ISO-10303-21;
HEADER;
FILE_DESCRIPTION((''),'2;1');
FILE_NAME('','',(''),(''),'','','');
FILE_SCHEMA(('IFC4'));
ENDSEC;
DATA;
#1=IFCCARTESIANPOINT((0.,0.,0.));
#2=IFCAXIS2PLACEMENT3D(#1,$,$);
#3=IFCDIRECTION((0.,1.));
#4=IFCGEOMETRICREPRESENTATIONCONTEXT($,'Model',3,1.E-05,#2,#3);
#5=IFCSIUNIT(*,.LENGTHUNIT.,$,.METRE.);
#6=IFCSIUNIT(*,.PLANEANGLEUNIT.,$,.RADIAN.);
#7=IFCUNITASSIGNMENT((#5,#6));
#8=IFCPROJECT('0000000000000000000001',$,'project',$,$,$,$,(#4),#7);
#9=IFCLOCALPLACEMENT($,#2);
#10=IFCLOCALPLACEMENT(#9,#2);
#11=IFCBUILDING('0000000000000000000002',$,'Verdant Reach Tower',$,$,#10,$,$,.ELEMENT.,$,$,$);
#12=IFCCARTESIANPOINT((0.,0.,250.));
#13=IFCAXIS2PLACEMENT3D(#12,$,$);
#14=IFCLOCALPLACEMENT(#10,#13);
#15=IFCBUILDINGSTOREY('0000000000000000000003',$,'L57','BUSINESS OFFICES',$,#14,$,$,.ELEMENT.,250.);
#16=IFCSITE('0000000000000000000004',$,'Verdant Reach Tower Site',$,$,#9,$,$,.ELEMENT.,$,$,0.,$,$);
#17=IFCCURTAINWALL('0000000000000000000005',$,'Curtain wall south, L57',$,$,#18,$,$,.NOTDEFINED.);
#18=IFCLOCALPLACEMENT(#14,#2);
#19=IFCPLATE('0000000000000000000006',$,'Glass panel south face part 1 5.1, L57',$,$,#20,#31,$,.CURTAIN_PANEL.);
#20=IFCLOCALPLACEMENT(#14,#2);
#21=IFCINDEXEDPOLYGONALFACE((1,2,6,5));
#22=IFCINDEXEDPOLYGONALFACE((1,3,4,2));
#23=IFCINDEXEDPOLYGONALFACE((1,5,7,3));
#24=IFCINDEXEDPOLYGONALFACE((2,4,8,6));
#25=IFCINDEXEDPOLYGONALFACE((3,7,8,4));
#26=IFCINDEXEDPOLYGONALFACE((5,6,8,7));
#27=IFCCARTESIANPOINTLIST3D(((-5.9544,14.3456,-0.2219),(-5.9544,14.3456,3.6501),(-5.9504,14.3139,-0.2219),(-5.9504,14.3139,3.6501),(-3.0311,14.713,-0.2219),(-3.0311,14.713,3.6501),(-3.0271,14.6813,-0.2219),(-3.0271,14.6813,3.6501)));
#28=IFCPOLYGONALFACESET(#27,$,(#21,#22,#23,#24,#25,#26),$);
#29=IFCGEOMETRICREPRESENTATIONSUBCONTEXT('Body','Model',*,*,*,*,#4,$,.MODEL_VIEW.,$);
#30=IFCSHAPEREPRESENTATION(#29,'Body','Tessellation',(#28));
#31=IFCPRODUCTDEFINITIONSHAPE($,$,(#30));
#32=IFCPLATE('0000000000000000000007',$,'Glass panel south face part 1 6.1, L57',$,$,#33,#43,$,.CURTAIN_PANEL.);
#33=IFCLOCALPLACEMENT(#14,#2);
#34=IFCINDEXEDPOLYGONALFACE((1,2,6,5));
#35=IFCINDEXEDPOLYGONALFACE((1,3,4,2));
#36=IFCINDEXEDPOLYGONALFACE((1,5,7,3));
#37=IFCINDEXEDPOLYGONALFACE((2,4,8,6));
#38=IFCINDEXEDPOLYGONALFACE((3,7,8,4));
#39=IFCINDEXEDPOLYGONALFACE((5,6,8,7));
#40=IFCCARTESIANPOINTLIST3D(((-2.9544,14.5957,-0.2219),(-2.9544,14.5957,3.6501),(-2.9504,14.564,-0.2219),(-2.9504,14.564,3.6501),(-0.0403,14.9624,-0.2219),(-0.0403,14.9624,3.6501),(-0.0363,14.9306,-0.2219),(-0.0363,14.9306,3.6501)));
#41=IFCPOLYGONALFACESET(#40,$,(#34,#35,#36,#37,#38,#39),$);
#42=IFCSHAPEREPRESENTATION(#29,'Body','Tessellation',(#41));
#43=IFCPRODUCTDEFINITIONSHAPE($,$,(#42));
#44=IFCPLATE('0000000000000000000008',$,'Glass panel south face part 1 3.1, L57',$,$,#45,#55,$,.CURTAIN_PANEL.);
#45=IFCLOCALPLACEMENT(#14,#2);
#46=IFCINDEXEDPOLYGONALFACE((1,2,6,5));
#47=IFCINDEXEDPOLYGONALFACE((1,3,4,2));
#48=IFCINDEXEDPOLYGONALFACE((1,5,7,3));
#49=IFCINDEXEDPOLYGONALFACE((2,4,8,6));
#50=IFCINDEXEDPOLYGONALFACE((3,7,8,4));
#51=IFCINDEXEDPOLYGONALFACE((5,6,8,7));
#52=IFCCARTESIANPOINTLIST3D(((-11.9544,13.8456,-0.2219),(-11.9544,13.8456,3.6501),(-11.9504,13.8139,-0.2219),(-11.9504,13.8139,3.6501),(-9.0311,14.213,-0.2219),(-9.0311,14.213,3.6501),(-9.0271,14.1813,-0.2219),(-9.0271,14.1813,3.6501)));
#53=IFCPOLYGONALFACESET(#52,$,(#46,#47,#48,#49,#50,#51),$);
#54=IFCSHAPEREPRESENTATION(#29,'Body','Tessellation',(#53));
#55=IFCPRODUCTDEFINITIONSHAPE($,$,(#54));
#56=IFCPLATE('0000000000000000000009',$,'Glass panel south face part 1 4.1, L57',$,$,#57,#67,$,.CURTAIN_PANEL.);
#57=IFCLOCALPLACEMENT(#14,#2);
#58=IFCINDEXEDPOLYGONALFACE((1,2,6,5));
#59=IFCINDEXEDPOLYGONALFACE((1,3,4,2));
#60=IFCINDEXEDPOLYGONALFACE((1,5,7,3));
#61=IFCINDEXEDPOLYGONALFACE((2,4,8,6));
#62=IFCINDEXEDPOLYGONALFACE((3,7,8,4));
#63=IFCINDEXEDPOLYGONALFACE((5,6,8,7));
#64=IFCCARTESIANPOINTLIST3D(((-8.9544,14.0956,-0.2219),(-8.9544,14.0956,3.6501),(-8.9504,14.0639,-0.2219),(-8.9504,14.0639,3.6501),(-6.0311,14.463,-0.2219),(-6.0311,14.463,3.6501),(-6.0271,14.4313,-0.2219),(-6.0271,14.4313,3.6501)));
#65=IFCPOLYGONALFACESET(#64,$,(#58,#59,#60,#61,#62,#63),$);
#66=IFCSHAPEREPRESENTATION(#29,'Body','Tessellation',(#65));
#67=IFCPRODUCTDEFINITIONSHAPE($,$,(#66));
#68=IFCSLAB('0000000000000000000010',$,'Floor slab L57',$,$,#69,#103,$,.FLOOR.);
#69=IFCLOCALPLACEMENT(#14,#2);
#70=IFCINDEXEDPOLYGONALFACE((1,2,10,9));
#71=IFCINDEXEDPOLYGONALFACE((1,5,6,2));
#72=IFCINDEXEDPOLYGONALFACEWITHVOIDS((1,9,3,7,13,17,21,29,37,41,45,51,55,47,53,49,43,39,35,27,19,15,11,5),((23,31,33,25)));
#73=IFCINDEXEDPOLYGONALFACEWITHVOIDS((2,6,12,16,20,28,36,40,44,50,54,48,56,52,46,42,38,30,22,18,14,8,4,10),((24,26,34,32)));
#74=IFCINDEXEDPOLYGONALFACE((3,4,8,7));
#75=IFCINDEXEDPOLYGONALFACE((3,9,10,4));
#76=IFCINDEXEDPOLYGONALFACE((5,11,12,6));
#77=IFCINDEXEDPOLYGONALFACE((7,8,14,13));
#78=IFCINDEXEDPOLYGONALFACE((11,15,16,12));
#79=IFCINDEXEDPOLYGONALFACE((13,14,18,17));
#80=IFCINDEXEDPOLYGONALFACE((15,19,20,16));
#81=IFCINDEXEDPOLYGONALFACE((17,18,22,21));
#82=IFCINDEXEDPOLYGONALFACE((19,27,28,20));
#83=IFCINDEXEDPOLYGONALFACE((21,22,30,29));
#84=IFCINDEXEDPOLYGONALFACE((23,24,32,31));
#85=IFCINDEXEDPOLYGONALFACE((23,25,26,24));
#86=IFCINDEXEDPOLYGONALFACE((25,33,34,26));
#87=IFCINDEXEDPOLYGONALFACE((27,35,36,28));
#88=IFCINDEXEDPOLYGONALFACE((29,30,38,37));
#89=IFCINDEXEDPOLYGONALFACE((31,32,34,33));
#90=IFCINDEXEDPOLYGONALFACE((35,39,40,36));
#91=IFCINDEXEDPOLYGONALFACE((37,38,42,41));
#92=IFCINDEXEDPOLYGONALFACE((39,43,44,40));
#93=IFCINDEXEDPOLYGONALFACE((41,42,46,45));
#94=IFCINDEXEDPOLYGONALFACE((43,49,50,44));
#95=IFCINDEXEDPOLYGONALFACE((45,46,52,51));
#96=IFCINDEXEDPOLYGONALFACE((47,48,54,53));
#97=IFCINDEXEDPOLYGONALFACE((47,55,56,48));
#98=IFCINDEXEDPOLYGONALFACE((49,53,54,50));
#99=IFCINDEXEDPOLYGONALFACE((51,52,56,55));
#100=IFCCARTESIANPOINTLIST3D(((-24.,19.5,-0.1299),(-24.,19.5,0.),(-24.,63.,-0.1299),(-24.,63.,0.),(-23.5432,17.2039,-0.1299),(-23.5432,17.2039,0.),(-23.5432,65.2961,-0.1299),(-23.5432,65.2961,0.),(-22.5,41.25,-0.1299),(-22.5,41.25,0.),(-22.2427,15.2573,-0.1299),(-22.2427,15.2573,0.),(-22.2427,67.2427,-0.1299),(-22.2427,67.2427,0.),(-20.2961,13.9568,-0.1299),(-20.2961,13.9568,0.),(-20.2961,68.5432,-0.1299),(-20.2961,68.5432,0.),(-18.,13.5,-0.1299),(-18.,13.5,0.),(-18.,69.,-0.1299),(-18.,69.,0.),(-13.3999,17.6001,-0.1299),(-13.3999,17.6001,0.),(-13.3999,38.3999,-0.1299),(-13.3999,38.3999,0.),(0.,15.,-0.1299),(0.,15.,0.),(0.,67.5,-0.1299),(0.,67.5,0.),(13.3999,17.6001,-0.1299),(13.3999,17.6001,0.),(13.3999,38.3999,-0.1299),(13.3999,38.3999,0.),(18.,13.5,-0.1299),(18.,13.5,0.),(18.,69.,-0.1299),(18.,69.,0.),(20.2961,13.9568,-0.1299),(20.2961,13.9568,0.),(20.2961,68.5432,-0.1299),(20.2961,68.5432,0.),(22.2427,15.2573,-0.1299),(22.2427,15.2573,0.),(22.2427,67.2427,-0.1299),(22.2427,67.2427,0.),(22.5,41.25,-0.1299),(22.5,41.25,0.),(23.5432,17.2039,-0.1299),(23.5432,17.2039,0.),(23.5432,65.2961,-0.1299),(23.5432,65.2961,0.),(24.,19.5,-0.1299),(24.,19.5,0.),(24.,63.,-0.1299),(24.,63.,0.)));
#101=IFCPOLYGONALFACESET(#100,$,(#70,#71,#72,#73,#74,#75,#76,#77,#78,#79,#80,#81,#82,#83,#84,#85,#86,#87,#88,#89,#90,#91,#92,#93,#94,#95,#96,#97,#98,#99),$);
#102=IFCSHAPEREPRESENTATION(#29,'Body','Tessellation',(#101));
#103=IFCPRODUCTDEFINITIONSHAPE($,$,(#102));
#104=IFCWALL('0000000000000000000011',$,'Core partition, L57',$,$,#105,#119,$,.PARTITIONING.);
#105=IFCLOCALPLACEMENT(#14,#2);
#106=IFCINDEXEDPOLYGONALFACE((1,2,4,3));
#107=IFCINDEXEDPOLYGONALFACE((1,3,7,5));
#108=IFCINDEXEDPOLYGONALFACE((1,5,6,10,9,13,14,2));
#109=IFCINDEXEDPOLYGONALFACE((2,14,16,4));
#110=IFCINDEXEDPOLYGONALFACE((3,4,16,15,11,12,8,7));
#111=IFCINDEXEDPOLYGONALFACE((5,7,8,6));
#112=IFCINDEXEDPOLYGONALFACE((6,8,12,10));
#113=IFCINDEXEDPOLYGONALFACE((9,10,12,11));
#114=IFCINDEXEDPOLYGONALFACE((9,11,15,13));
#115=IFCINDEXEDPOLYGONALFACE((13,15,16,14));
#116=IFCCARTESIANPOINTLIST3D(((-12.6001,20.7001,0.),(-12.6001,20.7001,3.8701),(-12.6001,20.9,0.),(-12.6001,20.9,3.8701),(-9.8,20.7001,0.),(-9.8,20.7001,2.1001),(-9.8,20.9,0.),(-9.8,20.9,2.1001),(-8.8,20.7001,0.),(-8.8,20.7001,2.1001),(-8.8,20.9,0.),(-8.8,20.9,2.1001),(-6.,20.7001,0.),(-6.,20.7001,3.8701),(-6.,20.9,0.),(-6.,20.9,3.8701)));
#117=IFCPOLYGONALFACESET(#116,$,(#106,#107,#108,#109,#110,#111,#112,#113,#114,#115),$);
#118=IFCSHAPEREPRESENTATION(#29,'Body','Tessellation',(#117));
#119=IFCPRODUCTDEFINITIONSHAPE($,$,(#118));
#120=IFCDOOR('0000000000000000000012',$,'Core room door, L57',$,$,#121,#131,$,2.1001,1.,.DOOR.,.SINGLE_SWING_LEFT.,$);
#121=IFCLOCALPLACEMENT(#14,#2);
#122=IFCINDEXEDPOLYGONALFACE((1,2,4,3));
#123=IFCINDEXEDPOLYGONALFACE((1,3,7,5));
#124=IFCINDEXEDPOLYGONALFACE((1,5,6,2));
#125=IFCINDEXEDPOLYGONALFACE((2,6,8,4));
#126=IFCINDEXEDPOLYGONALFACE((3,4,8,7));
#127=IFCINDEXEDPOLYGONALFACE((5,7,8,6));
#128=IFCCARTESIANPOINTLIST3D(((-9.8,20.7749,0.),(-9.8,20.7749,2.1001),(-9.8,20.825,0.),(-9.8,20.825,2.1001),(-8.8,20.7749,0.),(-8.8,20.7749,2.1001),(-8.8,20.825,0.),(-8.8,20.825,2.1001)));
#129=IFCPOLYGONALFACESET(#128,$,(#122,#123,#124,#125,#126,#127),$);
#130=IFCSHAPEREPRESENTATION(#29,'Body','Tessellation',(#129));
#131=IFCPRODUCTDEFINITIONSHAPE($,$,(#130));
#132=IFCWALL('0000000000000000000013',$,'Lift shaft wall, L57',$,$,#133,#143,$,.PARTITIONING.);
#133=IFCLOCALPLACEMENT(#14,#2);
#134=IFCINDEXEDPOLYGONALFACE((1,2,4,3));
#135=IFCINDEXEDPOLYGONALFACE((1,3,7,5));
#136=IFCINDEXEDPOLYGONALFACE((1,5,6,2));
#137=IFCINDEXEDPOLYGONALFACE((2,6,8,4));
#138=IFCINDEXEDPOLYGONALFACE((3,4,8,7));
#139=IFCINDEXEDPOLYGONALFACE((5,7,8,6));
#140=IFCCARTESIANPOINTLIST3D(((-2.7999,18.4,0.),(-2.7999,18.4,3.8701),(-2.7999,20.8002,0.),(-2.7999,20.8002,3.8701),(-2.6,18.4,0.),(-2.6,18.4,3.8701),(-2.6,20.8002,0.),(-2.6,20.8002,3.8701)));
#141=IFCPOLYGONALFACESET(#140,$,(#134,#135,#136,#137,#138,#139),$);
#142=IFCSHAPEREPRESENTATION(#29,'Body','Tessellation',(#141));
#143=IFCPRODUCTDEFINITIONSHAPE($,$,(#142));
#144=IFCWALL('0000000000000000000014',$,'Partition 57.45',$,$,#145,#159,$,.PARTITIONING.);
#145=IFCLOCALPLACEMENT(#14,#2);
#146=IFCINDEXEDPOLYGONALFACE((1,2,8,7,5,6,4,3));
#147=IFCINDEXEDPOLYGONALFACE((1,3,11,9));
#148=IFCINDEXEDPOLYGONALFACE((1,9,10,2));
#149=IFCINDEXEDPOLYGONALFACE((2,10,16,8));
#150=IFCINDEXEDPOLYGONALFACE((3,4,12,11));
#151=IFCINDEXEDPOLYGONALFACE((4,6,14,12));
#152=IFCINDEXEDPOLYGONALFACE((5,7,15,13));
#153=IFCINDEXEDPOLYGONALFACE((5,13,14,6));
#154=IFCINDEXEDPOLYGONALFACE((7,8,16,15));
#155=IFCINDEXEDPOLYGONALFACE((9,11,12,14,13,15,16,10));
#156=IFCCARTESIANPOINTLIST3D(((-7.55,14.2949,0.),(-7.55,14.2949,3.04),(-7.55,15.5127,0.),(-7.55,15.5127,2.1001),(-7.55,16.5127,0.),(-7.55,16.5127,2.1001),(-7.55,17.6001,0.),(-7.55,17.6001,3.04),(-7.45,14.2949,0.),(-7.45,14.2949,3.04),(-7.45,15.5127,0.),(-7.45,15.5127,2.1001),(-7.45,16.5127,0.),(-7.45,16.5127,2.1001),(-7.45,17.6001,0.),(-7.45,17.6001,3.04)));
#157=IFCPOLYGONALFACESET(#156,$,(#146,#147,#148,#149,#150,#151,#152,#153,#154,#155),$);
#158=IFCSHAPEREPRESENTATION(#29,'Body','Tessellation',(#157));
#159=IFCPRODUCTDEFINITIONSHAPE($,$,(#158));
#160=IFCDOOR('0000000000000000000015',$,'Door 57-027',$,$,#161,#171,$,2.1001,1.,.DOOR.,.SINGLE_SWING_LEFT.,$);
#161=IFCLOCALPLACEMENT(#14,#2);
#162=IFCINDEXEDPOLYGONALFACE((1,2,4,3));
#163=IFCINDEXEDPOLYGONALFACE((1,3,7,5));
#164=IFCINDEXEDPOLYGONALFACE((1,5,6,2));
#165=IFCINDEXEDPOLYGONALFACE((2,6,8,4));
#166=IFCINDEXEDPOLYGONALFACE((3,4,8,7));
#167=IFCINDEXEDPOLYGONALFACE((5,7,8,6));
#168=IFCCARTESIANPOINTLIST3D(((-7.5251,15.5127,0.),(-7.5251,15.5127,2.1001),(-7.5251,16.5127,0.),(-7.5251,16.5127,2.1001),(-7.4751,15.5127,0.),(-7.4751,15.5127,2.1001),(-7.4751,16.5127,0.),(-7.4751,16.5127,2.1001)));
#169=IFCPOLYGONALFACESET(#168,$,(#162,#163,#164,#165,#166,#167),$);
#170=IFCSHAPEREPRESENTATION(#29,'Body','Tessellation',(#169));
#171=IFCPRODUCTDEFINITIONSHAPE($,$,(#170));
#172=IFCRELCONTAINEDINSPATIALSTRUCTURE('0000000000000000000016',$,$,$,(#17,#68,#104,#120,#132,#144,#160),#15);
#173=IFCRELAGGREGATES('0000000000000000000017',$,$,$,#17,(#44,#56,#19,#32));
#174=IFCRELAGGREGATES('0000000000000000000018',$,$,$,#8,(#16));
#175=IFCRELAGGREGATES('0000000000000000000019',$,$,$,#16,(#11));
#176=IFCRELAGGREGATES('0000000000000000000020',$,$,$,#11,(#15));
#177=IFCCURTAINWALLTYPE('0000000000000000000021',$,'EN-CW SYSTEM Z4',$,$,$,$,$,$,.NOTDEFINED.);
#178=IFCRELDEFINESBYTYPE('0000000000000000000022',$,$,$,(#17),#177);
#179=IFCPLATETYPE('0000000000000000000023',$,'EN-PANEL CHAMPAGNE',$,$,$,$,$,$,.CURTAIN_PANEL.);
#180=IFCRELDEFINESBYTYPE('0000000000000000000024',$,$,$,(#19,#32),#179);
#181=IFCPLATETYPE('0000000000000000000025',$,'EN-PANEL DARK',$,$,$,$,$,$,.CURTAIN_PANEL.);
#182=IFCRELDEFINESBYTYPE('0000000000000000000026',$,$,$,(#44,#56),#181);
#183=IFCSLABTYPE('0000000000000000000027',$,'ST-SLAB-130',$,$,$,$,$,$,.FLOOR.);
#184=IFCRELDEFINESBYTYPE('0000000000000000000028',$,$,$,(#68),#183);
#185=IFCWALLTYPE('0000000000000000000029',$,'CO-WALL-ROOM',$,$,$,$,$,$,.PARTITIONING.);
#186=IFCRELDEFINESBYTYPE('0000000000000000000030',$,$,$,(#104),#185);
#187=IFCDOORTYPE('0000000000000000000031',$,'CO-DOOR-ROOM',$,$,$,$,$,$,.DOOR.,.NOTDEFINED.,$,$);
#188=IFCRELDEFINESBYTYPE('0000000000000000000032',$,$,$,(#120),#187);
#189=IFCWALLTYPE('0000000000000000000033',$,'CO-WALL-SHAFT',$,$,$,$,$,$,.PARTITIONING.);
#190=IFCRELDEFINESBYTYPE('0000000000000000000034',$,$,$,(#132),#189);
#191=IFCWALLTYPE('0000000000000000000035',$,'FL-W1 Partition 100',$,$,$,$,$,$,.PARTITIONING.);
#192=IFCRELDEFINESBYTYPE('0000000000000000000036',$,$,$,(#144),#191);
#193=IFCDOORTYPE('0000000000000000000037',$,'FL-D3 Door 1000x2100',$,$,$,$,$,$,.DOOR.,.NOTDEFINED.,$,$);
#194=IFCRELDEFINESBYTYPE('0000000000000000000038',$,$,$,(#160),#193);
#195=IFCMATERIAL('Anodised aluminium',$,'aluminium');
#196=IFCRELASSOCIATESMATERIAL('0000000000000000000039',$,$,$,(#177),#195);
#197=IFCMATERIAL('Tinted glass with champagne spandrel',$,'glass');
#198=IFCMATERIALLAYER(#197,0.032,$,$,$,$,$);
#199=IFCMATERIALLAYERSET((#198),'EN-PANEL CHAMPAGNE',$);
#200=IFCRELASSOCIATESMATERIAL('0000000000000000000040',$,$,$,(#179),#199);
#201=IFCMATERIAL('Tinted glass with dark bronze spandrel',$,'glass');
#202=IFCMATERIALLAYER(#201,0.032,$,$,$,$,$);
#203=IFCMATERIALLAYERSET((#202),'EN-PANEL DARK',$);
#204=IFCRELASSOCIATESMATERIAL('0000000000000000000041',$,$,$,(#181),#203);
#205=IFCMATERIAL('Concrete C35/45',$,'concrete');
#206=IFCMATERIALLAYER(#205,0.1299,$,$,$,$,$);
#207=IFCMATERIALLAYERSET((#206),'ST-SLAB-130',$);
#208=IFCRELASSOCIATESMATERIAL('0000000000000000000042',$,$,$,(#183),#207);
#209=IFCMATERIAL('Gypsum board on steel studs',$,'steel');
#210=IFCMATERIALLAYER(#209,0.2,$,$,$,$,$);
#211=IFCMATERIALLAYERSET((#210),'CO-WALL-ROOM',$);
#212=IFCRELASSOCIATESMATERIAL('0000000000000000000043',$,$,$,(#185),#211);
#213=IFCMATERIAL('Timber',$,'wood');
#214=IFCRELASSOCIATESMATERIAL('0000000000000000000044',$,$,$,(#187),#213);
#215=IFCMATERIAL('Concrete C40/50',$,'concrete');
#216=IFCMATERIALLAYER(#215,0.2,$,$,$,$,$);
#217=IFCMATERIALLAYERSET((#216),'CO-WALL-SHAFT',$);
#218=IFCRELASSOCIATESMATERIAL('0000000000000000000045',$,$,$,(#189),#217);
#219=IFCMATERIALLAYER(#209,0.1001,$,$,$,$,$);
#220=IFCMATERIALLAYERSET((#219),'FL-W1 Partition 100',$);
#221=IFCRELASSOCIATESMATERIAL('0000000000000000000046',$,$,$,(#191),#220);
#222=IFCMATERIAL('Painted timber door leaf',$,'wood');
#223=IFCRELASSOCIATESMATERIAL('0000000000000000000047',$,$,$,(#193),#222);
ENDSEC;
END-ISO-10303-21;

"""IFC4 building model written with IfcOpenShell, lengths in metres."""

from ifc_helpers import new_model, si_unit, direction, frame, frame_2d, origin, origin_2d, place, context, subcontext, project, spatial, polyline, rectangle, outline, extrude, material, layer, layer_set, type_object, element, fill, aggregate, save


model = new_model("IFC4")

# Units and contexts
model_context = context("Model", 3, precision=1e-05, world=origin(), true_north=direction((0.0, 1.0)))
body_context = subcontext(model_context, "Body", "Model", "MODEL_VIEW")
ifc_project = project(units=[si_unit("LENGTHUNIT", "METRE"), si_unit("PLANEANGLEUNIT", "RADIAN")], contexts=[model_context])

# Site, building, storey
site_placement = place(None, origin())
site = spatial("IfcSite", under=ifc_project, at=site_placement, Name="Verdant Reach Tower Site", CompositionType="ELEMENT", RefElevation=0.0)
building_placement = place(site_placement, origin())
building = spatial("IfcBuilding", under=site, at=building_placement, Name="Verdant Reach Tower", CompositionType="ELEMENT")
storey_placement = place(building_placement, frame((0.0, 0.0, 250.0)))
storey = spatial("IfcBuildingStorey", under=building, at=storey_placement, Name="L57", Description="BUSINESS OFFICES", CompositionType="ELEMENT", Elevation=250.0)

# Curtain wall
ifc_material_1 = material(Name="Anodised aluminium", Category="aluminium")
curtain_wall_type = type_object("IfcCurtainWallType", Name="EN-CW SYSTEM Z4", PredefinedType="NOTDEFINED", material=ifc_material_1)
curtain_wall_placement = place(storey_placement, origin())
curtain_wall = element("IfcCurtainWall", 1, at=curtain_wall_placement, inside=storey, type_object=curtain_wall_type, Name="Curtain wall south, L57", PredefinedType="NOTDEFINED")

# Plates
ifc_material_2 = material(Name="Tinted glass with champagne spandrel", Category="glass")
ifc_layer_1 = layer(ifc_material_2, 0.032)
ifc_layer_set_1 = layer_set([ifc_layer_1], Name="EN-PANEL CHAMPAGNE")
plate_type_1 = type_object("IfcPlateType", Name="EN-PANEL CHAMPAGNE", PredefinedType="CURTAIN_PANEL", material=ifc_layer_set_1)
plate_1_placement = place(storey_placement, frame((-4.4907, 14.5134, -0.2219), z_axis=(0.0, 0.0, 1.0), x_axis=(0.992194, 0.124704, 0.0)))
plate_1 = element("IfcPlate", 2, at=plate_1_placement, type_object=plate_type_1, Name="Glass panel south face part 1 5.1, L57", PredefinedType="CURTAIN_PANEL", context=body_context, shape_type="SweptSolid", body=[
    extrude(rectangle(XDim=2.9463, YDim=0.032, at=origin_2d()), origin(), (0.0, 0.0, 1.0), 3.8721),
])
plate_2_placement = place(storey_placement, frame((-1.4954, 14.7632, -0.2219), z_axis=(0.0, 0.0, 1.0), x_axis=(0.992178, 0.124832, 0.0)))
plate_2 = element("IfcPlate", 3, at=plate_2_placement, type_object=plate_type_1, Name="Glass panel south face part 1 6.1, L57", PredefinedType="CURTAIN_PANEL", context=body_context, shape_type="SweptSolid", body=[
    extrude(rectangle(XDim=2.937, YDim=0.032, at=origin_2d()), origin(), (0.0, 0.0, 1.0), 3.8721),
])
ifc_material_3 = material(Name="Tinted glass with dark bronze spandrel", Category="glass")
ifc_layer_2 = layer(ifc_material_3, 0.032)
ifc_layer_set_2 = layer_set([ifc_layer_2], Name="EN-PANEL DARK")
plate_type_2 = type_object("IfcPlateType", Name="EN-PANEL DARK", PredefinedType="CURTAIN_PANEL", material=ifc_layer_set_2)
plate_3_placement = place(storey_placement, frame((-10.4907, 14.0134, -0.2219), z_axis=(0.0, 0.0, 1.0), x_axis=(0.992194, 0.124704, 0.0)))
plate_3 = element("IfcPlate", 4, at=plate_3_placement, type_object=plate_type_2, Name="Glass panel south face part 1 3.1, L57", PredefinedType="CURTAIN_PANEL", context=body_context, shape_type="SweptSolid", body=[
    extrude(rectangle(XDim=2.9463, YDim=0.032, at=origin_2d()), origin(), (0.0, 0.0, 1.0), 3.8721),
])
plate_4_placement = place(storey_placement, frame((-7.4907, 14.2634, -0.2219), z_axis=(0.0, 0.0, 1.0), x_axis=(0.992194, 0.124704, 0.0)))
plate_4 = element("IfcPlate", 5, at=plate_4_placement, type_object=plate_type_2, Name="Glass panel south face part 1 4.1, L57", PredefinedType="CURTAIN_PANEL", context=body_context, shape_type="SweptSolid", body=[
    extrude(rectangle(XDim=2.9463, YDim=0.032, at=origin_2d()), origin(), (0.0, 0.0, 1.0), 3.8721),
])
aggregate(curtain_wall, [plate_3, plate_4, plate_1, plate_2])

# Slab
ifc_material_4 = material(Name="Concrete C35/45", Category="concrete")
ifc_layer_3 = layer(ifc_material_4, 0.1299)
ifc_layer_set_3 = layer_set([ifc_layer_3], Name="ST-SLAB-130")
slab_type = type_object("IfcSlabType", Name="ST-SLAB-130", PredefinedType="FLOOR", material=ifc_layer_set_3)
slab_placement = place(storey_placement, frame((0.0, 0.0, -0.1299)))
element("IfcSlab", 6, at=slab_placement, inside=storey, type_object=slab_type, Name="Floor slab L57", PredefinedType="FLOOR", context=body_context, shape_type="SweptSolid", body=[
    extrude(outline(polyline([(0.0, 15.0), (-18.0, 13.5), (-20.2961, 13.9568), (-22.2427, 15.2573), (-23.5432, 17.2039), (-24.0, 19.5), (-22.5, 41.25), (-24.0, 63.0), (-23.5432, 65.2961), (-22.2427, 67.2427), (-20.2961, 68.5432), (-18.0, 69.0), (0.0, 67.5), (18.0, 69.0), (20.2961, 68.5432), (22.2427, 67.2427), (23.5432, 65.2961), (24.0, 63.0), (22.5, 41.25), (24.0, 19.5), (23.5432, 17.2039), (22.2427, 15.2573), (20.2961, 13.9568), (18.0, 13.5), (0.0, 15.0)]), holes=[polyline([(13.3999, 38.3999), (-13.3999, 38.3999), (-13.3999, 17.6001), (13.3999, 17.6001), (13.3999, 38.3999)])]), origin(), (0.0, 0.0, 1.0), 0.1299),
])

# Wall, opening, door
ifc_material_5 = material(Name="Gypsum board on steel studs", Category="steel")
ifc_layer_4 = layer(ifc_material_5, 0.2)
ifc_layer_set_4 = layer_set([ifc_layer_4], Name="CO-WALL-ROOM")
wall_type_1 = type_object("IfcWallType", Name="CO-WALL-ROOM", PredefinedType="PARTITIONING", material=ifc_layer_set_4)
wall_1_placement = place(storey_placement, frame((-12.6001, 20.8, 0.0), z_axis=(0.0, 0.0, 1.0), x_axis=(1.0, 0.0, 0.0)))
wall_1 = element("IfcWall", 7, at=wall_1_placement, inside=storey, type_object=wall_type_1, Name="Core partition, L57", PredefinedType="PARTITIONING", context=body_context, shape_type="SweptSolid", body=[
    extrude(rectangle(XDim=6.6001, YDim=0.2, at=frame_2d((3.3, 0.0))), origin(), (0.0, 0.0, 1.0), 3.8701),
])
opening_1_placement = place(wall_1_placement, frame((2.8, 0.0, 0.0)))
opening_1 = element("IfcOpeningElement", 8, at=opening_1_placement, cuts=wall_1, PredefinedType="OPENING", context=body_context, shape_type="SweptSolid", body=[
    extrude(rectangle(XDim=1.0, YDim=2.1001, at=frame_2d((0.5, 1.05))), frame((0.0, 0.1099, 0.0), z_axis=(0.0, -1.0, 0.0), x_axis=(1.0, 0.0, 0.0)), (0.0, 0.0, 1.0), 0.22),
])
ifc_material_6 = material(Name="Timber", Category="wood")
door_type_1 = type_object("IfcDoorType", Name="CO-DOOR-ROOM", OperationType="NOTDEFINED", PredefinedType="DOOR", material=ifc_material_6)
door_1_placement = place(opening_1_placement, origin())
door_1 = element("IfcDoor", 9, at=door_1_placement, inside=storey, type_object=door_type_1, Name="Core room door, L57", OperationType="SINGLE_SWING_LEFT", OverallHeight=2.1001, OverallWidth=1.0, PredefinedType="DOOR", context=body_context, shape_type="SweptSolid", body=[
    extrude(rectangle(XDim=1.0, YDim=2.1001, at=frame_2d((0.5, 1.05))), frame((0.0, 0.0249, 0.0), z_axis=(0.0, -1.0, 0.0), x_axis=(1.0, 0.0, 0.0)), (0.0, 0.0, 1.0), 0.05),
])
fill(opening_1, door_1)

# Wall
ifc_material_7 = material(Name="Concrete C40/50", Category="concrete")
ifc_layer_5 = layer(ifc_material_7, 0.2)
ifc_layer_set_5 = layer_set([ifc_layer_5], Name="CO-WALL-SHAFT")
wall_type_2 = type_object("IfcWallType", Name="CO-WALL-SHAFT", PredefinedType="PARTITIONING", material=ifc_layer_set_5)
wall_2_placement = place(storey_placement, frame((-2.7, 18.3999, 0.0), z_axis=(0.0, 0.0, 1.0), x_axis=(0.0, 1.0, 0.0)))
element("IfcWall", 10, at=wall_2_placement, inside=storey, type_object=wall_type_2, Name="Lift shaft wall, L57", PredefinedType="PARTITIONING", context=body_context, shape_type="SweptSolid", body=[
    extrude(rectangle(XDim=2.4001, YDim=0.2, at=frame_2d((1.2002, 0.0))), origin(), (0.0, 0.0, 1.0), 3.8701),
])

# Wall, opening, door
ifc_layer_6 = layer(ifc_material_5, 0.1001)
ifc_layer_set_6 = layer_set([ifc_layer_6], Name="FL-W1 Partition 100")
wall_type_3 = type_object("IfcWallType", Name="FL-W1 Partition 100", PredefinedType="PARTITIONING", material=ifc_layer_set_6)
wall_3_placement = place(storey_placement, frame((-7.5, 17.6001, 0.0), z_axis=(0.0, 0.0, 1.0), x_axis=(0.0, -1.0, 0.0)))
wall_3 = element("IfcWall", 11, at=wall_3_placement, inside=storey, type_object=wall_type_3, Name="Partition 57.45", PredefinedType="PARTITIONING", context=body_context, shape_type="SweptSolid", body=[
    extrude(rectangle(XDim=3.3052, YDim=0.1001, at=frame_2d((1.6526, 0.0))), origin(), (0.0, 0.0, 1.0), 3.04),
])
opening_2_placement = place(wall_3_placement, frame((1.0874, 0.0, 0.0)))
opening_2 = element("IfcOpeningElement", 12, at=opening_2_placement, cuts=wall_3, PredefinedType="OPENING", context=body_context, shape_type="SweptSolid", body=[
    extrude(rectangle(XDim=1.0, YDim=2.1001, at=frame_2d((0.5, 1.05))), frame((0.0, 0.0601, 0.0), z_axis=(0.0, -1.0, 0.0), x_axis=(1.0, 0.0, 0.0)), (0.0, 0.0, 1.0), 0.1201),
])
ifc_material_8 = material(Name="Painted timber door leaf", Category="wood")
door_type_2 = type_object("IfcDoorType", Name="FL-D3 Door 1000x2100", OperationType="NOTDEFINED", PredefinedType="DOOR", material=ifc_material_8)
door_2_placement = place(opening_2_placement, origin())
door_2 = element("IfcDoor", 13, at=door_2_placement, inside=storey, type_object=door_type_2, Name="Door 57-027", OperationType="SINGLE_SWING_LEFT", OverallHeight=2.1001, OverallWidth=1.0, PredefinedType="DOOR", context=body_context, shape_type="SweptSolid", body=[
    extrude(rectangle(XDim=1.0, YDim=2.1001, at=frame_2d((0.5, 1.05))), frame((0.0, 0.0249, 0.0), z_axis=(0.0, -1.0, 0.0), x_axis=(1.0, 0.0, 0.0)), (0.0, 0.0, 1.0), 0.05),
])
fill(opening_2, door_2)

save(model, "model.ifc")
